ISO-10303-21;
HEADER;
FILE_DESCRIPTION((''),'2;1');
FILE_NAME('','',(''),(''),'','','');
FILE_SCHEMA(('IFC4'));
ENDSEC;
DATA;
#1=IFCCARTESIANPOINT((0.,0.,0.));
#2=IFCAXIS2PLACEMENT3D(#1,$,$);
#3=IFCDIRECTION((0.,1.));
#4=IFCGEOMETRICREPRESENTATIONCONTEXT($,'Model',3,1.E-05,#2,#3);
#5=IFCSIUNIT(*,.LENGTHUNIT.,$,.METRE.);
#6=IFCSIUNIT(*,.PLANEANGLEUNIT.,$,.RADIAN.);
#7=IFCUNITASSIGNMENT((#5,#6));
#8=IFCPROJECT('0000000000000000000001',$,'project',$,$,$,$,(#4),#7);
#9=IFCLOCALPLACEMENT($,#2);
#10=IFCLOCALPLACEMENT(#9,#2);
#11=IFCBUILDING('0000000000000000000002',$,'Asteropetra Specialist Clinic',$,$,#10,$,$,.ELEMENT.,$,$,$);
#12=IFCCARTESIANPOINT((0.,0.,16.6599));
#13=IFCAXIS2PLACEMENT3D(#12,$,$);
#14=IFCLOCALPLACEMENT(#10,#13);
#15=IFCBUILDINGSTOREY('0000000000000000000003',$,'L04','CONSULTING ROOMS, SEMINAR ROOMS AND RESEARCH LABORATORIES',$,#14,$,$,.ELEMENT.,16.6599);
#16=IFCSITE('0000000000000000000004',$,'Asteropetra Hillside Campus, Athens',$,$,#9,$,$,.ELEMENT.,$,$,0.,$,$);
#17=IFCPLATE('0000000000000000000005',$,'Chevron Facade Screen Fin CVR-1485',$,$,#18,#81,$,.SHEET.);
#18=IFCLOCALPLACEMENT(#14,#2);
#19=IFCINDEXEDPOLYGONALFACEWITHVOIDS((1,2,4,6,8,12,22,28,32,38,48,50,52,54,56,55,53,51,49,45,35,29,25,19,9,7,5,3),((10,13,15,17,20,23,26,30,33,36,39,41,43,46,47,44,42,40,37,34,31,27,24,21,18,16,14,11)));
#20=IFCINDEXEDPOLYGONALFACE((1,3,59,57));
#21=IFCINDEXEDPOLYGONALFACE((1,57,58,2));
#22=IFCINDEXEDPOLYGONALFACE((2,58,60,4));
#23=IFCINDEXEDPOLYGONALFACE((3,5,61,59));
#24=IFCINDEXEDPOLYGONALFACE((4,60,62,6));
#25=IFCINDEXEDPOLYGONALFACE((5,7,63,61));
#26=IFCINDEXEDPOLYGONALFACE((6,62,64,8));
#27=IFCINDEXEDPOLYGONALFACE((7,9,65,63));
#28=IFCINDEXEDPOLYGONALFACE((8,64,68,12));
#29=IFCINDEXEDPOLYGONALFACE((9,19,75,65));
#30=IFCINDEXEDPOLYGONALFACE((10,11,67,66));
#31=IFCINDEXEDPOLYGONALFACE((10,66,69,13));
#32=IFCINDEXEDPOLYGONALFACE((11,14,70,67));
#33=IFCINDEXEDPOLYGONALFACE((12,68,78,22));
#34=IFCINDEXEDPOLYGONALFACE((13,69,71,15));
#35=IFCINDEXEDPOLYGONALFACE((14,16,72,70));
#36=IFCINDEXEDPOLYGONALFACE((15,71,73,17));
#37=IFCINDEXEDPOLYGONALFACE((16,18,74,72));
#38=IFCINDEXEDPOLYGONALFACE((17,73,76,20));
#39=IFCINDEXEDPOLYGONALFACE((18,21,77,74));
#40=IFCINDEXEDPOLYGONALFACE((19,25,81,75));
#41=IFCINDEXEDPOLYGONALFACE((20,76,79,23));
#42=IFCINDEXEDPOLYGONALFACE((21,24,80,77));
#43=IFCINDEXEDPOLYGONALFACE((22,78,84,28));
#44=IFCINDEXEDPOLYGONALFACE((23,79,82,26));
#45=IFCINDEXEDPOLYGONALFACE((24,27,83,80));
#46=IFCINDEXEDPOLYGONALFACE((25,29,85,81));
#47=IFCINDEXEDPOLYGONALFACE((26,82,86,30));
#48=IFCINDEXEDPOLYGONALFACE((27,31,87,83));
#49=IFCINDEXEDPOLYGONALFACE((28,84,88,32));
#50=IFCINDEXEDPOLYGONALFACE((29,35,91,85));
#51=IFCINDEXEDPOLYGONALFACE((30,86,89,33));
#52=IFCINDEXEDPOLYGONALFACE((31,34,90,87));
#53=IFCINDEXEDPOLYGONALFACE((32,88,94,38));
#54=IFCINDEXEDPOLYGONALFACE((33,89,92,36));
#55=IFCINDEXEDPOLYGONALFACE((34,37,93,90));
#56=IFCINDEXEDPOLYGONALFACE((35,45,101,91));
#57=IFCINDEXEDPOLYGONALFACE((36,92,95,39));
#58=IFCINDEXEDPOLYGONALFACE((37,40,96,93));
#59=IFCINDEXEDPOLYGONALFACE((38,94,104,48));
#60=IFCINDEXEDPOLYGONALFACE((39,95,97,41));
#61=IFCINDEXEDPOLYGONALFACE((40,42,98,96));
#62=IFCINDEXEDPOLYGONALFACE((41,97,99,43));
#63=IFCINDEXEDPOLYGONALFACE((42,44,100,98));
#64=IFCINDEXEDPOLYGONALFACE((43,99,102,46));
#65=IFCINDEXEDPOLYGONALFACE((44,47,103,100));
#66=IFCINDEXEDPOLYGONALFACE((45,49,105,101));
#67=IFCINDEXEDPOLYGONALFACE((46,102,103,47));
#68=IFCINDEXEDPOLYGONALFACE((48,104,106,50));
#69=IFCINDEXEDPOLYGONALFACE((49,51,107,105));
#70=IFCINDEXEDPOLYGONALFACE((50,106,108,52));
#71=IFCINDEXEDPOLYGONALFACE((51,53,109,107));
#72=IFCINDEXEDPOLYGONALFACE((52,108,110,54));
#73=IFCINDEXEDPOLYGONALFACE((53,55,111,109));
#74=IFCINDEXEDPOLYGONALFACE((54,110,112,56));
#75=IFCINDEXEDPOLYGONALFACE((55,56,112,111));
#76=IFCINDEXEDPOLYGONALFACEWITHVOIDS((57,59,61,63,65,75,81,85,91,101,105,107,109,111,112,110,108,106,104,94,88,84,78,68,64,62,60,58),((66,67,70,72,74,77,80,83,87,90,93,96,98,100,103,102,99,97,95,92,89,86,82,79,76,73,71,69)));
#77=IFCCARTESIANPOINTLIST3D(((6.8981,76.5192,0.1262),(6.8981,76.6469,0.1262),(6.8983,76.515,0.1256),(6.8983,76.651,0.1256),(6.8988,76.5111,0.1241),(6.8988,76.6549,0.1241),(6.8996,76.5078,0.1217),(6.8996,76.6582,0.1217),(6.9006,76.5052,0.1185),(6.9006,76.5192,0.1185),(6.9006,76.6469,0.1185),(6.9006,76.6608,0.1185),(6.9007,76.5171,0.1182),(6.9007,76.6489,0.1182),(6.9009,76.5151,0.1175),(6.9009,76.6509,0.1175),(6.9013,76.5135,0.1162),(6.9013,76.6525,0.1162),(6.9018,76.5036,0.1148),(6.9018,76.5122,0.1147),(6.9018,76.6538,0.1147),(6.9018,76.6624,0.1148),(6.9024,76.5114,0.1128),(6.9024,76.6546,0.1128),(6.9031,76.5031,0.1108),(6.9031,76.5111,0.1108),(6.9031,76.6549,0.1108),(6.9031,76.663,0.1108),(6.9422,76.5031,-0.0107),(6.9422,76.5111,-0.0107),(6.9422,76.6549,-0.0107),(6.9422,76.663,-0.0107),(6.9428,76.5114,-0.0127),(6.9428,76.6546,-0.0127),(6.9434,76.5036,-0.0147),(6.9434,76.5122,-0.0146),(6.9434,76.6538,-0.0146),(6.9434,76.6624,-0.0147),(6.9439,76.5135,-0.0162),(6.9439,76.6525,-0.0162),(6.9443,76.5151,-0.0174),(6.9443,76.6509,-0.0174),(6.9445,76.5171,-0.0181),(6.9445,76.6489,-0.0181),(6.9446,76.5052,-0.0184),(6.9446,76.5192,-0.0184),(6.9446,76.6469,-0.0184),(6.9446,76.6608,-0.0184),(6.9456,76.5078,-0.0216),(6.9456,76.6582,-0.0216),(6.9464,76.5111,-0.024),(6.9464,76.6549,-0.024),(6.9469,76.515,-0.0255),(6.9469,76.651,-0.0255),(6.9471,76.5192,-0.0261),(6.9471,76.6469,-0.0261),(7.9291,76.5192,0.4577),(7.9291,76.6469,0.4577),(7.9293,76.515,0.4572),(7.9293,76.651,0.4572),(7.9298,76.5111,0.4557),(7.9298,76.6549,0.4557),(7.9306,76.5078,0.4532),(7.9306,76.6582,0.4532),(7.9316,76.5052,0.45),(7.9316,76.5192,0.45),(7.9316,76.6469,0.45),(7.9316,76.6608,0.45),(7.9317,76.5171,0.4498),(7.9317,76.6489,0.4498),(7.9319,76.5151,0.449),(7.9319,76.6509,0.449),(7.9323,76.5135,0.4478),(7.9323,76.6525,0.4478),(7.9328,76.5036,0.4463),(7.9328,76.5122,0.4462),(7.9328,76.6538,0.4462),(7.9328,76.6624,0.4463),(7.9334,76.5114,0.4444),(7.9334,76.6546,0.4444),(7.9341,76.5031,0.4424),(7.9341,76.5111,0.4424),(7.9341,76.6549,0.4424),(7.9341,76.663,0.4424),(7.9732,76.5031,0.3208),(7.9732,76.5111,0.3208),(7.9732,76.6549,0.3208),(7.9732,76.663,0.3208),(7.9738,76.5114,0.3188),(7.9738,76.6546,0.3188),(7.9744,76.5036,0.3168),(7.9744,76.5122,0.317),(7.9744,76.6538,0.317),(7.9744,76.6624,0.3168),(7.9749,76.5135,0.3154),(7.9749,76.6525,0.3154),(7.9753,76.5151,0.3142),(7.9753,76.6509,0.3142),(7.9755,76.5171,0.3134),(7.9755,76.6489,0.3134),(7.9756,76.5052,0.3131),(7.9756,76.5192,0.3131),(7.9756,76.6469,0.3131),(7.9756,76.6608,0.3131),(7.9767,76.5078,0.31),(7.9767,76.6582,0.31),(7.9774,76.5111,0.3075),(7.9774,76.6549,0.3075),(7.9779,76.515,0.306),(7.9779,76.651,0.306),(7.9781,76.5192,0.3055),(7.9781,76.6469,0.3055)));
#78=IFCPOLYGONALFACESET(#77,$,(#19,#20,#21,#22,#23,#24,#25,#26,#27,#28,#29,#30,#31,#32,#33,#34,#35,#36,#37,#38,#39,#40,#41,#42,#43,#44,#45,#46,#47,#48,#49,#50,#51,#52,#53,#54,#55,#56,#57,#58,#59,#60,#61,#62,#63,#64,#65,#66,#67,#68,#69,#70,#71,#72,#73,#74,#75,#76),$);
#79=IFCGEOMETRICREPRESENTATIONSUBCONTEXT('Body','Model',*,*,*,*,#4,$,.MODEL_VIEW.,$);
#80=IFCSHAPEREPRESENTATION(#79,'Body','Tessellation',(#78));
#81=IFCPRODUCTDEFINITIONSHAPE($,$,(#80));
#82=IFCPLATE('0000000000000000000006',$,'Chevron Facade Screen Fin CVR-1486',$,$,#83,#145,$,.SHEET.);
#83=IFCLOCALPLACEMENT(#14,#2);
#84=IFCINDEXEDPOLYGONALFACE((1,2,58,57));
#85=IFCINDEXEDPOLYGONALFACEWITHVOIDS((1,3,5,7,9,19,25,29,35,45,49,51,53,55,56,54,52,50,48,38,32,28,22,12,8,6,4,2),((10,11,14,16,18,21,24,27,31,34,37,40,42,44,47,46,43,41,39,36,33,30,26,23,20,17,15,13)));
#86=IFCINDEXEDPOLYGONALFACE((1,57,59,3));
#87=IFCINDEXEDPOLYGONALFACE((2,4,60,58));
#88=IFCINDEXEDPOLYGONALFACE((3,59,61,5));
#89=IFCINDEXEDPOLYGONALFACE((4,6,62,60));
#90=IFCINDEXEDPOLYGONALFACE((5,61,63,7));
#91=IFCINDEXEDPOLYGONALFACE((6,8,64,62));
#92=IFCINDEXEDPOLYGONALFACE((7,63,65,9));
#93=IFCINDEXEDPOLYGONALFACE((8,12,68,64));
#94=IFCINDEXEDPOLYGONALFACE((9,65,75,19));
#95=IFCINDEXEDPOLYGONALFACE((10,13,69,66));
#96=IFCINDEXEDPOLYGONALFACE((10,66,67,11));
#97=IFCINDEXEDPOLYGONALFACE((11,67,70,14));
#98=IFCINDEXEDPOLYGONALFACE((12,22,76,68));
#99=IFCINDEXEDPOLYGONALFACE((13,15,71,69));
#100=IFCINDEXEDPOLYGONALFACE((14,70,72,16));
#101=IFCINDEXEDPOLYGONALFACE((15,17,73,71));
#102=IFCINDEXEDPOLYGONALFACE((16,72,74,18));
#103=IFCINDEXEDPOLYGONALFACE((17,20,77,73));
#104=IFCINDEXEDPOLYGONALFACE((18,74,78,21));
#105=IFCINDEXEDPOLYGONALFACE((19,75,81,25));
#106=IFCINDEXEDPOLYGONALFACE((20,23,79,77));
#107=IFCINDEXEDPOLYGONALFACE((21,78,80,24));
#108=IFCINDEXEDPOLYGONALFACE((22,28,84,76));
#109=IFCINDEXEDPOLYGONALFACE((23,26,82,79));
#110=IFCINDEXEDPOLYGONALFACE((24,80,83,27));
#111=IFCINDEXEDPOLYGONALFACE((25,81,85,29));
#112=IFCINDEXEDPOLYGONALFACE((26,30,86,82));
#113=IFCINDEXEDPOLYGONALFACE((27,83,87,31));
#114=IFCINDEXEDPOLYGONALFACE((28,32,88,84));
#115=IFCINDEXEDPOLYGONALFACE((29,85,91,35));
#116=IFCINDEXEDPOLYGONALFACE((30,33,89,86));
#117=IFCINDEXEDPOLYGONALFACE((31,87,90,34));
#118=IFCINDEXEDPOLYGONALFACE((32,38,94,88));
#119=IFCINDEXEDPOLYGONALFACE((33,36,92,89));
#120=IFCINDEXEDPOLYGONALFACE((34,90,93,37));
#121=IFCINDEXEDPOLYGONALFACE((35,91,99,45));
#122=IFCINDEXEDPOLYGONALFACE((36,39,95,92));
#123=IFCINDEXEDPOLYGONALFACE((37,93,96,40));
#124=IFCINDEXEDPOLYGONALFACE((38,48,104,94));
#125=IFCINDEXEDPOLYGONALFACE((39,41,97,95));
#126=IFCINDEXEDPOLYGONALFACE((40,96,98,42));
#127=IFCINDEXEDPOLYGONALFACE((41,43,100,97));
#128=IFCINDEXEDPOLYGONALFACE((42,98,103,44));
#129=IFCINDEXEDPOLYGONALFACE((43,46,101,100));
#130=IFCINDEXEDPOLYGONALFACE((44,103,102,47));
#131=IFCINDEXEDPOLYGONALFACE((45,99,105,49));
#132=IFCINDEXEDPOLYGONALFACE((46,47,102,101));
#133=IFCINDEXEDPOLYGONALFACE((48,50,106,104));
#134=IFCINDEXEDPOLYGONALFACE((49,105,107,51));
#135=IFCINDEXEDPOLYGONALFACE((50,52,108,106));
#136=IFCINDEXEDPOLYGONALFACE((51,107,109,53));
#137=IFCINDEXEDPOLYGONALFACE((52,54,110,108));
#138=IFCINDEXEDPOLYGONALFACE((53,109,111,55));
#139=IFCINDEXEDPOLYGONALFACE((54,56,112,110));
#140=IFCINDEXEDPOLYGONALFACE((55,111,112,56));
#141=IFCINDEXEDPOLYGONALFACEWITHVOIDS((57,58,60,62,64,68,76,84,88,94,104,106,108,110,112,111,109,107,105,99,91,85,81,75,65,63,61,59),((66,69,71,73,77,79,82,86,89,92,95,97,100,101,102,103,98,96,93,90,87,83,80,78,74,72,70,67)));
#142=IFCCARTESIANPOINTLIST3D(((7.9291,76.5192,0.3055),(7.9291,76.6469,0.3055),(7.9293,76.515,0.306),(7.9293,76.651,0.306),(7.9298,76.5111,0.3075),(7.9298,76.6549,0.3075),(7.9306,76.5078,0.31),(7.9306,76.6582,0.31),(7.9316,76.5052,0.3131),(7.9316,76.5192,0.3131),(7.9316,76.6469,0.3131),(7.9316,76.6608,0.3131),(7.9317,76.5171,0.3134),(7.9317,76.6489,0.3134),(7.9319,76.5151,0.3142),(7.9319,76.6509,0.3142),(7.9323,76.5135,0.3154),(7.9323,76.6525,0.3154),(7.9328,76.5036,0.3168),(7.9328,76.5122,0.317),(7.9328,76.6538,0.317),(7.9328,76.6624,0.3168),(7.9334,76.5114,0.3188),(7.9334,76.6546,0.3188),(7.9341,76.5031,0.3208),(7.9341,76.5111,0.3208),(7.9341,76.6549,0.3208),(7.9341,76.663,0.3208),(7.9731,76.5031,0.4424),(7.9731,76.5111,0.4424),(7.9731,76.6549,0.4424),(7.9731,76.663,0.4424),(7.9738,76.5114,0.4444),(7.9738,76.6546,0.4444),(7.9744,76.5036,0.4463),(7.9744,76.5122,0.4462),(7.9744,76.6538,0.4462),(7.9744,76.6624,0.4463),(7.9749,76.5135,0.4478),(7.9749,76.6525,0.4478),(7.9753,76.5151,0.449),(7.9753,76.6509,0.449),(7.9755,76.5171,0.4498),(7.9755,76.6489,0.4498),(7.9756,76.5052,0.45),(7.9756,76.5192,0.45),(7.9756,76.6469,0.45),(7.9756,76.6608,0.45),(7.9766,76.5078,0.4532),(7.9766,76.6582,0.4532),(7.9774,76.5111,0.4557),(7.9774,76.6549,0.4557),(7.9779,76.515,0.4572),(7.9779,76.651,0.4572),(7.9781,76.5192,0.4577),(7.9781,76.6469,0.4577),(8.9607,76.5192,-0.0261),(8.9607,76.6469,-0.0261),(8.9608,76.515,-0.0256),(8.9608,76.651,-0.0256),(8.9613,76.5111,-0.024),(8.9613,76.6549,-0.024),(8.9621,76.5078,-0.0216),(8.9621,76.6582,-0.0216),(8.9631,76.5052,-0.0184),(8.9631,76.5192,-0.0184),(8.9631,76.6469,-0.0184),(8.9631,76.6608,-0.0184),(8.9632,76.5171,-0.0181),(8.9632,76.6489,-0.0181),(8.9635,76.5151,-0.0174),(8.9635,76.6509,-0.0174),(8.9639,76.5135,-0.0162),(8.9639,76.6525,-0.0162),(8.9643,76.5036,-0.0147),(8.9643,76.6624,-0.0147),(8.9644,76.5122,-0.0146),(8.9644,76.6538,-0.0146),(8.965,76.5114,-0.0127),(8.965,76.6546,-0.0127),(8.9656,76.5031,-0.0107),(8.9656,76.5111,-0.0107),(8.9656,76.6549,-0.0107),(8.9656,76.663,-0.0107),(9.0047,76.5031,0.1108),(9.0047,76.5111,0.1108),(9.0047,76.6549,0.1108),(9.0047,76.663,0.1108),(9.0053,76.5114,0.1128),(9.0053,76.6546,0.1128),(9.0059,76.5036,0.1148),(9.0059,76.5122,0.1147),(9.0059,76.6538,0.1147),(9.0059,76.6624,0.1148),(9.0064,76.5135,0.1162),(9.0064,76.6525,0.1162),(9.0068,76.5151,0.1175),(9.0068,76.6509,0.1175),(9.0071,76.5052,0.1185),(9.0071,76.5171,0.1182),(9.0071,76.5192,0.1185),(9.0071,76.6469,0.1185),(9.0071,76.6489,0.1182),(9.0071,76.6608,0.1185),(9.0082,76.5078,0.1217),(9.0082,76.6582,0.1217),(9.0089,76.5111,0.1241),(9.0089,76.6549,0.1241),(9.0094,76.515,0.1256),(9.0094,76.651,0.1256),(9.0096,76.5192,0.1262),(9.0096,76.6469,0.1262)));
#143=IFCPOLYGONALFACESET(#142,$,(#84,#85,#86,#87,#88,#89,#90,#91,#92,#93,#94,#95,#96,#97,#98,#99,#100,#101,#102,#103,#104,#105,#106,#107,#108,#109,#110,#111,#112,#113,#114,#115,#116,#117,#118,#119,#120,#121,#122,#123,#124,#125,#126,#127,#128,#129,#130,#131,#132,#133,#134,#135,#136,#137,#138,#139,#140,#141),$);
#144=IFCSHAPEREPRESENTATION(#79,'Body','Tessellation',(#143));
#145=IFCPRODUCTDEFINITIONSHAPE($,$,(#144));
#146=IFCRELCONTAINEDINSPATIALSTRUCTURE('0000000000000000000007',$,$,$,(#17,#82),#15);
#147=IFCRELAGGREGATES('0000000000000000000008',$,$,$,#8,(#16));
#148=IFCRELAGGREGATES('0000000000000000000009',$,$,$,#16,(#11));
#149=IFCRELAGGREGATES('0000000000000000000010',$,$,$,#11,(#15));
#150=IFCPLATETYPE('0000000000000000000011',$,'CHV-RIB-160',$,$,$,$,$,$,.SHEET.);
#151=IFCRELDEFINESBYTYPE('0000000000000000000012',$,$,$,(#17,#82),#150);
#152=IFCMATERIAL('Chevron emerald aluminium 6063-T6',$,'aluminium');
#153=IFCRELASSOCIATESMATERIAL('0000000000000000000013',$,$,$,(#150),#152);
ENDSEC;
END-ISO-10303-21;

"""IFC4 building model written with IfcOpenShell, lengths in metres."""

from ifc_helpers import new_model, si_unit, direction, frame, origin, origin_2d, place, context, subcontext, project, spatial, hollow_rectangle, extrude, material, material_profile, profile_set, type_object, element, save


model = new_model("IFC4")

# Units and contexts
model_context = context("Model", 3, precision=1e-05, world=origin(), true_north=direction((0.0, 1.0)))
body_context = subcontext(model_context, "Body", "Model", "MODEL_VIEW")
ifc_project = project(units=[si_unit("LENGTHUNIT", "METRE"), si_unit("PLANEANGLEUNIT", "RADIAN")], contexts=[model_context])

# Site, building, storey
site_placement = place(None, origin())
site = spatial("IfcSite", under=ifc_project, at=site_placement, Name="Asteropetra Hillside Campus, Athens", CompositionType="ELEMENT", RefElevation=0.0)
building_placement = place(site_placement, origin())
building = spatial("IfcBuilding", under=site, at=building_placement, Name="Asteropetra Specialist Clinic", CompositionType="ELEMENT")
storey_placement = place(building_placement, frame((0.0, 0.0, 16.6599)))
storey = spatial("IfcBuildingStorey", under=building, at=storey_placement, Name="L04", Description="CONSULTING ROOMS, SEMINAR ROOMS AND RESEARCH LABORATORIES", CompositionType="ELEMENT", Elevation=16.6599)

# Plates
ifc_material_1 = material(Name="Chevron emerald aluminium 6063-T6", Category="aluminium")
ifc_material_profile_1 = material_profile(ifc_material_1, hollow_rectangle(XDim=0.1599, YDim=0.1599, WallThickness=0.0081, InnerFilletRadius=0.0081, OuterFilletRadius=0.0161, at=origin_2d()), Name="SHS 160x160x8.0")
ifc_profile_set_1 = profile_set([ifc_material_profile_1], Name="Chevron emerald aluminium 6063-T6")
plate_type_1 = type_object("IfcPlateType", Name="CHV-RIB-160", PredefinedType="SHEET", material=ifc_profile_set_1)
plate_1_placement = place(storey_placement, frame((6.9226, 76.583, 0.05), z_axis=(0.951989, 0.0, 0.306133), x_axis=(0.0, 1.0, 0.0)))
element("IfcPlate", 1, at=plate_1_placement, inside=storey, type_object=plate_type_1, Name="Chevron Facade Screen Fin CVR-1485", PredefinedType="SHEET", context=body_context, shape_type="SweptSolid", body=[
    extrude(hollow_rectangle(XDim=0.1599, YDim=0.1599, WallThickness=0.0081, InnerFilletRadius=0.0081, OuterFilletRadius=0.0161, at=origin_2d()), origin(), (0.0, 0.0, 1.0), 1.083),
])
plate_2_placement = place(storey_placement, frame((7.9536, 76.583, 0.3816), z_axis=(0.952031, 0.0, -0.306002), x_axis=(0.0, 1.0, 0.0)))
element("IfcPlate", 2, at=plate_2_placement, inside=storey, type_object=plate_type_1, Name="Chevron Facade Screen Fin CVR-1486", PredefinedType="SHEET", context=body_context, shape_type="SweptSolid", body=[
    extrude(hollow_rectangle(XDim=0.1599, YDim=0.1599, WallThickness=0.0081, InnerFilletRadius=0.0081, OuterFilletRadius=0.0161, at=origin_2d()), origin(), (0.0, 0.0, 1.0), 1.0835),
])

save(model, "model.ifc")
